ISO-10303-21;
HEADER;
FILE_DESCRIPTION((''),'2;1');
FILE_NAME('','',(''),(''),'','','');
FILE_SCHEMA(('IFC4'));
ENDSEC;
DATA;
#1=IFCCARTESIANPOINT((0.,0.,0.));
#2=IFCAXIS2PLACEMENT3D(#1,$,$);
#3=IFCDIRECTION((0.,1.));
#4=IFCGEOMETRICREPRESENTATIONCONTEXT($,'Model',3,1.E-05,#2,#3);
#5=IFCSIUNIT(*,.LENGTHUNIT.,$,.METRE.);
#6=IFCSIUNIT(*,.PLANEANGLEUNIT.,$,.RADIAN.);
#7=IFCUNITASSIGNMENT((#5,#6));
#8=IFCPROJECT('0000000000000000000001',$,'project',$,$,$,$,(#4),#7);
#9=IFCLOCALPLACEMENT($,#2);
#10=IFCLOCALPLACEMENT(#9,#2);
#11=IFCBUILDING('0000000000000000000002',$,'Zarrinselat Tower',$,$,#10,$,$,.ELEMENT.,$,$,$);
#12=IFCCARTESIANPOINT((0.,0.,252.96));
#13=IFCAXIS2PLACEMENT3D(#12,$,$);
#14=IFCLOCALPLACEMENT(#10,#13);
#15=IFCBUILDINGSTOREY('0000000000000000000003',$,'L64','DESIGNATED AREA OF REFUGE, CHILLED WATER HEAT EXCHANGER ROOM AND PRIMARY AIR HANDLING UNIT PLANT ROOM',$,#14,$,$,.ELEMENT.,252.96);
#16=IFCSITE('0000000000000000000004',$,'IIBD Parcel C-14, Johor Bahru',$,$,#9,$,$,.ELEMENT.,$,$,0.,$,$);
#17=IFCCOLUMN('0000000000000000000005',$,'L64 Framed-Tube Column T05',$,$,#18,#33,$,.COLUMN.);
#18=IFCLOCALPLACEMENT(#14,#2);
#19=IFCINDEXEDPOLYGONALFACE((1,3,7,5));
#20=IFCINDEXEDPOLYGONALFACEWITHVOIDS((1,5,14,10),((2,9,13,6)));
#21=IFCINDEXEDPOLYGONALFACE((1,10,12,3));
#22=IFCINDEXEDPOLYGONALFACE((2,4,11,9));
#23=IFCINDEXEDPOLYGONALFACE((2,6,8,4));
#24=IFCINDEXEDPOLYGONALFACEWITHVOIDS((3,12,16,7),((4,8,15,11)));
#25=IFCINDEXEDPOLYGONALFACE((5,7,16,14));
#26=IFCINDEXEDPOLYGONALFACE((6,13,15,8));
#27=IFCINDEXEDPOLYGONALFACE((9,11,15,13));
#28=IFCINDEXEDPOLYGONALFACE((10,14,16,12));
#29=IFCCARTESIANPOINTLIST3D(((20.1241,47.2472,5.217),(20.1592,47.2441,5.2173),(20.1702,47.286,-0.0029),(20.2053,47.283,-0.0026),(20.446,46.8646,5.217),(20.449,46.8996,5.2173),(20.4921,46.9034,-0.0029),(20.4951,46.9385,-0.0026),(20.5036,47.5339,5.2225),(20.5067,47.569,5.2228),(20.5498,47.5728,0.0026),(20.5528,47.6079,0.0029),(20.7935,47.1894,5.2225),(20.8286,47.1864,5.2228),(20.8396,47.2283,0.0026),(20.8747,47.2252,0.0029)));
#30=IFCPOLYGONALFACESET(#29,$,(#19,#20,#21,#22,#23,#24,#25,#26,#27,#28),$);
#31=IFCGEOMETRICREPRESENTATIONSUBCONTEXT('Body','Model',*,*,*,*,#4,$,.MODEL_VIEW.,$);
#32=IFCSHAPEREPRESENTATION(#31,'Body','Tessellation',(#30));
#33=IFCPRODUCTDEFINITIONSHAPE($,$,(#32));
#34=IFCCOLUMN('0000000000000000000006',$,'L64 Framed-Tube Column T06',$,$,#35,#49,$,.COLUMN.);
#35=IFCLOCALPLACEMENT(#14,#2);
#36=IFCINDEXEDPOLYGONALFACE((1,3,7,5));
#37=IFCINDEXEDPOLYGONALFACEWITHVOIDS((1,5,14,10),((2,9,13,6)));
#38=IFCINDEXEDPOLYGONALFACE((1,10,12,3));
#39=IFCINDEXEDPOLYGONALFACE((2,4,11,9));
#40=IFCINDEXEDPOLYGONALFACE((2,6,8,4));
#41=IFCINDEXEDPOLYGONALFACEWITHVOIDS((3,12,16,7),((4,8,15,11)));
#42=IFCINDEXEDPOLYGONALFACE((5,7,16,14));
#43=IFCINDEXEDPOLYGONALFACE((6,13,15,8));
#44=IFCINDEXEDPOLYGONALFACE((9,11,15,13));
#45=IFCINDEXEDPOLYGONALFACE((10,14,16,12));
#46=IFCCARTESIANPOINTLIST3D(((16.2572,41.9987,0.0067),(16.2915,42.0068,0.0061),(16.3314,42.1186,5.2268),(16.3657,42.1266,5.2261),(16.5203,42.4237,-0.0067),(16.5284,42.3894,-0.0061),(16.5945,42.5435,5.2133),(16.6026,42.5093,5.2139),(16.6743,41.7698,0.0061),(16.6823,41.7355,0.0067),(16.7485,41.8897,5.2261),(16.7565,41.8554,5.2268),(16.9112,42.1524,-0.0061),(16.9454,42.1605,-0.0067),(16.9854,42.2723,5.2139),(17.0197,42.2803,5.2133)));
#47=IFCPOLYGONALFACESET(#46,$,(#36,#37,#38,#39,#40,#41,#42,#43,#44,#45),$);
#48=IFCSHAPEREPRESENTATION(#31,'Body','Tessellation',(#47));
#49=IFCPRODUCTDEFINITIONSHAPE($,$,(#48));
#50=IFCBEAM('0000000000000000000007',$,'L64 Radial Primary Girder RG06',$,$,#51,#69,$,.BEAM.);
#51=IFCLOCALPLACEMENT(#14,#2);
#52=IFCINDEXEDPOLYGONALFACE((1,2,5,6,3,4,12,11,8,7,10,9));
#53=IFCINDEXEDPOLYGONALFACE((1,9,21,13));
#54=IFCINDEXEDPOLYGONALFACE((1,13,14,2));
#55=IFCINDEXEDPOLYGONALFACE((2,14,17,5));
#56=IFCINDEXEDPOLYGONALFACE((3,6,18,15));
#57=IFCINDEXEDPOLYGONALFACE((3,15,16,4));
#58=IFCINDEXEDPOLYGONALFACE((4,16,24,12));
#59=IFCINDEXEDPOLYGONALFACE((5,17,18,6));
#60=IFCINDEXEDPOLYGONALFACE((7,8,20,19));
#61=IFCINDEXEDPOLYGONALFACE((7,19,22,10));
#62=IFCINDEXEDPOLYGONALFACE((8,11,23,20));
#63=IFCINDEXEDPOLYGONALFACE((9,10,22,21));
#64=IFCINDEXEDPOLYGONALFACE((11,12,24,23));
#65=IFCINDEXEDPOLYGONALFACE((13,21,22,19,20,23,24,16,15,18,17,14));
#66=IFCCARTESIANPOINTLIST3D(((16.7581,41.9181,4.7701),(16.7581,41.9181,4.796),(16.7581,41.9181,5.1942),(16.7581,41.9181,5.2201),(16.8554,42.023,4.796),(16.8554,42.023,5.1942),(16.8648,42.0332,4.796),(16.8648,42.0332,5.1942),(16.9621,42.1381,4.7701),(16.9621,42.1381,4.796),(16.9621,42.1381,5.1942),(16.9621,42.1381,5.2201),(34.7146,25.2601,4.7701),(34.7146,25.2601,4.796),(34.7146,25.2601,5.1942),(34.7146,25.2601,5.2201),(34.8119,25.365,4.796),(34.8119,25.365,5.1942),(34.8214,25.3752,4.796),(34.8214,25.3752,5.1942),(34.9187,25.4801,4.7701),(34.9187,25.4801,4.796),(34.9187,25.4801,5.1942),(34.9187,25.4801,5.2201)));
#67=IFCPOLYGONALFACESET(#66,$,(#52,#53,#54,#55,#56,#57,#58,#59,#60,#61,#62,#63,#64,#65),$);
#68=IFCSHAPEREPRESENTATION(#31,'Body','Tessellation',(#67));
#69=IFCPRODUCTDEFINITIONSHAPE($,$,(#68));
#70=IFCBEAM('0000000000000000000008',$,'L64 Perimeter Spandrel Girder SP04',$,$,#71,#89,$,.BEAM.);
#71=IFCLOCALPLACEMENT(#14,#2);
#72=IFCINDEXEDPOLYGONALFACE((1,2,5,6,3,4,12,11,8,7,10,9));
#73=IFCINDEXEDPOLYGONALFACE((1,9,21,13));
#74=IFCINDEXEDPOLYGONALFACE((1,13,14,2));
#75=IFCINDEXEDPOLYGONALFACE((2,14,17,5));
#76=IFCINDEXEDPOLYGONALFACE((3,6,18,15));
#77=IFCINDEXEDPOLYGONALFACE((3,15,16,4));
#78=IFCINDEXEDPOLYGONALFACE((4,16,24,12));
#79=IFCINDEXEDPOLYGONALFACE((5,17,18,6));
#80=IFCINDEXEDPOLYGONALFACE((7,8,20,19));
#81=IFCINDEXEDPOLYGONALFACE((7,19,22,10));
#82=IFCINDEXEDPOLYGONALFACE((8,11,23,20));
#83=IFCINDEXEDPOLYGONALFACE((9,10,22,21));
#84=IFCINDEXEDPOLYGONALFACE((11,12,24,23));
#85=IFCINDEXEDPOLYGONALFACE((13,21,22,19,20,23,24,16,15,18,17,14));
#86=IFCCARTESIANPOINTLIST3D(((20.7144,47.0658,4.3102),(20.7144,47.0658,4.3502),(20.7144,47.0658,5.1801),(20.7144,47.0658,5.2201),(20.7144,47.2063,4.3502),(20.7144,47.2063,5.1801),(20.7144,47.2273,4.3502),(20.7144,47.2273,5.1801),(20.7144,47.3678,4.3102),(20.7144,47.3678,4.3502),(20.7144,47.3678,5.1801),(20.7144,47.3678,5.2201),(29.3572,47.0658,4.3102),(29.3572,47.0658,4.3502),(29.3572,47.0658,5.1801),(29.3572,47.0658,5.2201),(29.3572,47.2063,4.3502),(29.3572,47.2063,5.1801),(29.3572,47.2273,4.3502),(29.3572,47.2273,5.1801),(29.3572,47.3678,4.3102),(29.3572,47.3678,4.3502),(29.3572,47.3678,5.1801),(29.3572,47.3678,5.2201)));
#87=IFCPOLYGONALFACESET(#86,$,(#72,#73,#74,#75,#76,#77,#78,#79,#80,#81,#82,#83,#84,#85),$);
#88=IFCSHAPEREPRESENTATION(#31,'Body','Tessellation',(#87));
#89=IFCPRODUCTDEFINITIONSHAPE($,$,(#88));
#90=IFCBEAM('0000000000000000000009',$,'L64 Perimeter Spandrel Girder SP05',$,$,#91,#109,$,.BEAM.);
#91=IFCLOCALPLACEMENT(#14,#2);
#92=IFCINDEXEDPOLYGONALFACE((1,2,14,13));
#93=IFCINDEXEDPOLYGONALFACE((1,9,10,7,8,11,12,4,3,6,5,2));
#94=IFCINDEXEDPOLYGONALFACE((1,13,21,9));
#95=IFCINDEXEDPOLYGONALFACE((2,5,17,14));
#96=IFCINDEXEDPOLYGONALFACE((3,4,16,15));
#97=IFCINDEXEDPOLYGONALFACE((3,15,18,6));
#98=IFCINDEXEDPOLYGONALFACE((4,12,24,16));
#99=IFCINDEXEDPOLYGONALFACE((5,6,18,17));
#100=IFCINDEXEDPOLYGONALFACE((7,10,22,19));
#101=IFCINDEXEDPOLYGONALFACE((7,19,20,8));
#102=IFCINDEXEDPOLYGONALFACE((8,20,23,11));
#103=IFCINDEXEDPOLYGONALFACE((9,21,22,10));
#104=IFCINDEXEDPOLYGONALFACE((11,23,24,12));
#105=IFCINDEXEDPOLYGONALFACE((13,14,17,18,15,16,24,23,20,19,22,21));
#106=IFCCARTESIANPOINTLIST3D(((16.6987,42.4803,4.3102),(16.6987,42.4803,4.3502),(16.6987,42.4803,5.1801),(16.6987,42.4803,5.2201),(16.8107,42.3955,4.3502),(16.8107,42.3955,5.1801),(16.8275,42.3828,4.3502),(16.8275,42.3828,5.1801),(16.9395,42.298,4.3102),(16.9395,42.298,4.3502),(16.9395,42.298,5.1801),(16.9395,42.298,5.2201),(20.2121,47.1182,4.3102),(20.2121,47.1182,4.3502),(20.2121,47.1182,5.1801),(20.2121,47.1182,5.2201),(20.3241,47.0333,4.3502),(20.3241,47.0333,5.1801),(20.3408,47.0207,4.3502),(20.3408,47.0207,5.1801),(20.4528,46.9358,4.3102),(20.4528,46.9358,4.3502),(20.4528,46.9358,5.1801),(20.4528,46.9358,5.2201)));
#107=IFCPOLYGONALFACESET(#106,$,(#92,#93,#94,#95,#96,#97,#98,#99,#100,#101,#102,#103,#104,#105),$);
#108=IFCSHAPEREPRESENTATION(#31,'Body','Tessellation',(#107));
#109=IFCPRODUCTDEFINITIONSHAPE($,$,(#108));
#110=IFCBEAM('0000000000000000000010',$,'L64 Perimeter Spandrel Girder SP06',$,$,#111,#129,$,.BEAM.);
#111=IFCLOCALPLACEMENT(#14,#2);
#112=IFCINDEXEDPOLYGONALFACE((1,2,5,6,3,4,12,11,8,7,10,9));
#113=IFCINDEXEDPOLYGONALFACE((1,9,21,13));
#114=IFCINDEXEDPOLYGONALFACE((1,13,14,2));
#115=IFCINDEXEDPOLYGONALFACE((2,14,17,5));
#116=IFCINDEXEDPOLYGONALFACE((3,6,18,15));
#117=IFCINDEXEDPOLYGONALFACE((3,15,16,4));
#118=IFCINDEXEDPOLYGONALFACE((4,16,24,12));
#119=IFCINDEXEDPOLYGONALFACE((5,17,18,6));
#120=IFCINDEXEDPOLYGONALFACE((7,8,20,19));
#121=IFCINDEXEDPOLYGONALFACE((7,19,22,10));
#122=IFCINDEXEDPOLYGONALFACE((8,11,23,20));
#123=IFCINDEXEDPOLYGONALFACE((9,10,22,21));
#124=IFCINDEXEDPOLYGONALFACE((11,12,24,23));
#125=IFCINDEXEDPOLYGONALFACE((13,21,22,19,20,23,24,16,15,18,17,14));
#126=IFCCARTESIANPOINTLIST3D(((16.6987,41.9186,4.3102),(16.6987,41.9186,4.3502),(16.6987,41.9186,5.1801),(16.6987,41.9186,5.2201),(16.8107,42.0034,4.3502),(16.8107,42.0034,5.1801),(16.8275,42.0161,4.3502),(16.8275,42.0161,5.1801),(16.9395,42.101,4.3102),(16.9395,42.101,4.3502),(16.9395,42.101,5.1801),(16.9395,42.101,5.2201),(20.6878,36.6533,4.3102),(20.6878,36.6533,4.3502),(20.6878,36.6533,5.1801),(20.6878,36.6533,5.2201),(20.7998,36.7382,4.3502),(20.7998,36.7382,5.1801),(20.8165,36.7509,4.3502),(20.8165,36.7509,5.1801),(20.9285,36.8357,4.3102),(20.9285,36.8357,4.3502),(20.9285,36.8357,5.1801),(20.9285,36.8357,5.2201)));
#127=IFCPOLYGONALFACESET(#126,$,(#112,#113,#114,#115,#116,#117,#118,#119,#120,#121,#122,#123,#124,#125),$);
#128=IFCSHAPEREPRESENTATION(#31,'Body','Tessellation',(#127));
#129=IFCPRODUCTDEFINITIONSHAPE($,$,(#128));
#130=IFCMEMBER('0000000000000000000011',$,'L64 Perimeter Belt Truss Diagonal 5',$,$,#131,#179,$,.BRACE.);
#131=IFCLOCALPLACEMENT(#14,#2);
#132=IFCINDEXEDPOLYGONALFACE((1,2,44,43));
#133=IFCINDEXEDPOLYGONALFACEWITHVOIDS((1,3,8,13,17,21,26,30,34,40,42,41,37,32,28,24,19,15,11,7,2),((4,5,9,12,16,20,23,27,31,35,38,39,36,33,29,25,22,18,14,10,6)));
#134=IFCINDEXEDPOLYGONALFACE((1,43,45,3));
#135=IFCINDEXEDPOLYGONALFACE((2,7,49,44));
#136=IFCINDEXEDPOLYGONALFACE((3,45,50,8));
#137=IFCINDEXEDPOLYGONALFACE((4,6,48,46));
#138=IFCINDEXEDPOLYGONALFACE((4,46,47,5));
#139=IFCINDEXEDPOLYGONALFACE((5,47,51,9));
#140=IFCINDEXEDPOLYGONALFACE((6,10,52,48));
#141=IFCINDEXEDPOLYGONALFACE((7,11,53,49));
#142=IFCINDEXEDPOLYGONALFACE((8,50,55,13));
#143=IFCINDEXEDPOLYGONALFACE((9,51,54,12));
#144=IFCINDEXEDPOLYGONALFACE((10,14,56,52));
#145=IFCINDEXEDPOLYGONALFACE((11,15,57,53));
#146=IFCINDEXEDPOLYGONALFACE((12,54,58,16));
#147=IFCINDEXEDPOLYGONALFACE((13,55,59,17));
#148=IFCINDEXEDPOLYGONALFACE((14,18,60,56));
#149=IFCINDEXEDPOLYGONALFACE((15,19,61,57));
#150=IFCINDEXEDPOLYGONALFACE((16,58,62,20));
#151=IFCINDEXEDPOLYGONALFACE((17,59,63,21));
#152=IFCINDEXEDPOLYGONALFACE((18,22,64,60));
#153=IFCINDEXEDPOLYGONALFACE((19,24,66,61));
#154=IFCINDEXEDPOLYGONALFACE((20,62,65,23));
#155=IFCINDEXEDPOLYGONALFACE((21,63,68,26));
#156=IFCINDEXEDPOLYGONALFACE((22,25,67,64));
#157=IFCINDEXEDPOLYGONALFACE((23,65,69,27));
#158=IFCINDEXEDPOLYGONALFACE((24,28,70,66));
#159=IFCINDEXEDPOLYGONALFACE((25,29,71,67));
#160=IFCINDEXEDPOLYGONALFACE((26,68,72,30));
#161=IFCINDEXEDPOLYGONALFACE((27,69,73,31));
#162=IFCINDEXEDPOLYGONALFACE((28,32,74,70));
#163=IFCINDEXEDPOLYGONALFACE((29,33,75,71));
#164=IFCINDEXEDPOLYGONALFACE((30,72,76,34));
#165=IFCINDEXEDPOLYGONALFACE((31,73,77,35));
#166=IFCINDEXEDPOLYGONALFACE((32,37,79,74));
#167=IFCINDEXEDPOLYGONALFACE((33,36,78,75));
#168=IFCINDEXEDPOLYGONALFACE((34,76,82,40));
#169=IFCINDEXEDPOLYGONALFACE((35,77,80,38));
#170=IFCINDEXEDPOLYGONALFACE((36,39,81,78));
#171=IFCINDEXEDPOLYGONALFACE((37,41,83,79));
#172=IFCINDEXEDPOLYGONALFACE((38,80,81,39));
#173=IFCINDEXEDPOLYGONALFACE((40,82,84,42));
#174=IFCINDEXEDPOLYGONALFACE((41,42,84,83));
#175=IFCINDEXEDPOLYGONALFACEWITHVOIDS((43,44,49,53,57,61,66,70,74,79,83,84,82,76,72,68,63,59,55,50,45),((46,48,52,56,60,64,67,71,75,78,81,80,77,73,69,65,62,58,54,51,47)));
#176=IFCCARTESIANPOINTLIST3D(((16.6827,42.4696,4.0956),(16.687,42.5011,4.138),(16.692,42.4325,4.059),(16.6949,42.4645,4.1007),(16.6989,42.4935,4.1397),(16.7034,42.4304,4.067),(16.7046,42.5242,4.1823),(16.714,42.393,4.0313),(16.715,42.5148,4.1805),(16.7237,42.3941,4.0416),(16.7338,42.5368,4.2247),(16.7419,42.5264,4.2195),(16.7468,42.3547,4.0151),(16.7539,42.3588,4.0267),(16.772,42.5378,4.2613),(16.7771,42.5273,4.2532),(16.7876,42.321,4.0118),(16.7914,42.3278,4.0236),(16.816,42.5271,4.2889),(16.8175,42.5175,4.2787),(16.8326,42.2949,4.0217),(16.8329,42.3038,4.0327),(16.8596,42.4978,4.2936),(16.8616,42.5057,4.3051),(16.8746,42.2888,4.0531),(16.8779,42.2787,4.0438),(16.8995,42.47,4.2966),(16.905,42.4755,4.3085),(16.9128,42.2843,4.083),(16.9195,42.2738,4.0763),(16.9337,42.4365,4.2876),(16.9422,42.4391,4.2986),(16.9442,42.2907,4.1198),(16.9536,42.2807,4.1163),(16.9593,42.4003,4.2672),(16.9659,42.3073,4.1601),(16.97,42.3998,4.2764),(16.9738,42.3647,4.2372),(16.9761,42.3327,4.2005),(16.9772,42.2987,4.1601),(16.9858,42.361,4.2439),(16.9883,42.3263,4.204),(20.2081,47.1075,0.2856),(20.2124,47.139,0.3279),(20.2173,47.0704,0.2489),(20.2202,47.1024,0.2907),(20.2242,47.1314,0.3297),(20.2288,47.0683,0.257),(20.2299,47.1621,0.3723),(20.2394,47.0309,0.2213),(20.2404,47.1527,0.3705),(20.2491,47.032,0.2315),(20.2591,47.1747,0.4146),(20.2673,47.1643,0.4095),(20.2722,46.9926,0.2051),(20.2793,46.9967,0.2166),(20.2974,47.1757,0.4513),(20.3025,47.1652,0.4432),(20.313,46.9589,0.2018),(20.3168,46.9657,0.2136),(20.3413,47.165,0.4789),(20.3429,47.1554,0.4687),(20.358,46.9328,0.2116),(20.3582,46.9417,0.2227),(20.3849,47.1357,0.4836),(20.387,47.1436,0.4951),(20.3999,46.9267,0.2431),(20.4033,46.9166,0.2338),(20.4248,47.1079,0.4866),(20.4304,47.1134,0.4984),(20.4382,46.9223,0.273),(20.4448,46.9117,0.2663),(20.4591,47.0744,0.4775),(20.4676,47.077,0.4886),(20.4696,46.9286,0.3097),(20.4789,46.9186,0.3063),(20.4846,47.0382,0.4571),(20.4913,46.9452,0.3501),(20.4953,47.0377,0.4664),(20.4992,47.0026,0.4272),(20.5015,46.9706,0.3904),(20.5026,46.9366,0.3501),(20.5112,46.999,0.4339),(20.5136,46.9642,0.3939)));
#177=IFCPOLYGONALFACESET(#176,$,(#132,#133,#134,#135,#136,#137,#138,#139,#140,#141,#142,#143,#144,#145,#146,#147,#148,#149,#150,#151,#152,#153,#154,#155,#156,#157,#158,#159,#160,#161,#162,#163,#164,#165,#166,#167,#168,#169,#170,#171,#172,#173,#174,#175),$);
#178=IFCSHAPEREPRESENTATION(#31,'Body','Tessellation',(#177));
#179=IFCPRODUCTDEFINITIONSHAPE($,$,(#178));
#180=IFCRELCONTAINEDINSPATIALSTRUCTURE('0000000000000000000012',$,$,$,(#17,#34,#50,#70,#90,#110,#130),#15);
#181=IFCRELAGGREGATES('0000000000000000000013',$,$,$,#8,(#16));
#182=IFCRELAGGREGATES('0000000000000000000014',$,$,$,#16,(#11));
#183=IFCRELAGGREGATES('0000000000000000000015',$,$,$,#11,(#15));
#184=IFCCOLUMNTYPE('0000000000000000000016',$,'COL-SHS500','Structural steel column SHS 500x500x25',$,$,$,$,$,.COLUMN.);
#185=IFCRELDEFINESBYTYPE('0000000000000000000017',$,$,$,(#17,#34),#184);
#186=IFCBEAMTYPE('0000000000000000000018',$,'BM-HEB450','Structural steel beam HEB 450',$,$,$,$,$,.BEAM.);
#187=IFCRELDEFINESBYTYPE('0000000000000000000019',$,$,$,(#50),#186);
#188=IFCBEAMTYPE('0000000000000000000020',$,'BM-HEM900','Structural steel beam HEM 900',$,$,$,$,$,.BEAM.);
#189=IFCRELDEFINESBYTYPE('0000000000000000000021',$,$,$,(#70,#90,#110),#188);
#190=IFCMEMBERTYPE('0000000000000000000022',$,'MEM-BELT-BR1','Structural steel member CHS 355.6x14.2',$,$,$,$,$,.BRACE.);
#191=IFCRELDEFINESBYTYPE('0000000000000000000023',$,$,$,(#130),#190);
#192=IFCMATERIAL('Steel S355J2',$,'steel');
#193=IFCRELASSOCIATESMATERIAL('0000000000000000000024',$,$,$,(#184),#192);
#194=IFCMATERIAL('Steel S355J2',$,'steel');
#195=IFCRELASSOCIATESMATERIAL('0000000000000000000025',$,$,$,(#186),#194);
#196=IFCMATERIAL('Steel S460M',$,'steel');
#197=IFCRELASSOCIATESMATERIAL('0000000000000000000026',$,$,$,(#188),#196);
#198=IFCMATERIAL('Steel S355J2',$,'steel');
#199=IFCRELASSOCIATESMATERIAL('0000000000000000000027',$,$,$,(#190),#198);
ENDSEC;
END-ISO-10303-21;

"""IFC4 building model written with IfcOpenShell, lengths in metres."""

from ifc_helpers import new_model, si_unit, direction, frame, origin, origin_2d, place, context, subcontext, project, spatial, hollow_rectangle, hollow_circle, i_section, extrude, material, material_profile, profile_set, type_object, element, save


model = new_model("IFC4")

# Units and contexts
model_context = context("Model", 3, precision=1e-05, world=origin(), true_north=direction((0.0, 1.0)))
body_context = subcontext(model_context, "Body", "Model", "MODEL_VIEW")
ifc_project = project(units=[si_unit("LENGTHUNIT", "METRE"), si_unit("PLANEANGLEUNIT", "RADIAN")], contexts=[model_context])

# Site, building, storey
site_placement = place(None, origin())
site = spatial("IfcSite", under=ifc_project, at=site_placement, Name="IIBD Parcel C-14, Johor Bahru", CompositionType="ELEMENT", RefElevation=0.0)
building_placement = place(site_placement, origin())
building = spatial("IfcBuilding", under=site, at=building_placement, Name="Zarrinselat Tower", CompositionType="ELEMENT")
storey_placement = place(building_placement, frame((0.0, 0.0, 252.96)))
storey = spatial("IfcBuildingStorey", under=building, at=storey_placement, Name="L64", Description="DESIGNATED AREA OF REFUGE, CHILLED WATER HEAT EXCHANGER ROOM AND PRIMARY AIR HANDLING UNIT PLANT ROOM", CompositionType="ELEMENT", Elevation=252.96)

# Columns
ifc_material_1 = material(Name="Steel S355J2", Category="steel")
ifc_material_profile_1 = material_profile(ifc_material_1, hollow_rectangle(XDim=0.5, YDim=0.5, WallThickness=0.0249, at=origin_2d()), Name="SHS 500x500x25")
ifc_profile_set_1 = profile_set([ifc_material_profile_1], Name="Steel S355J2")
column_type = type_object("IfcColumnType", Name="COL-SHS500", Description="Structural steel column SHS 500x500x25", PredefinedType="COLUMN", material=ifc_profile_set_1)
column_1_placement = place(storey_placement, frame((20.5225, 47.2556, 0.0), z_axis=(-0.008839, -0.007436, 0.999933), x_axis=(0.643762, -0.765226, 0.0)))
element("IfcColumn", 1, at=column_1_placement, inside=storey, type_object=column_type, Name="L64 Framed-Tube Column T05", PredefinedType="COLUMN", context=body_context, shape_type="SweptSolid", body=[
    extrude(hollow_rectangle(XDim=0.5, YDim=0.5, WallThickness=0.0249, at=origin_2d()), origin(), (0.0, 0.0, 1.0), 5.2202),
])
column_2_placement = place(storey_placement, frame((16.6013, 42.0796, 0.0), z_axis=(0.014213, 0.022956, 0.999635), x_axis=(-0.850228, 0.526414, 0.0)))
element("IfcColumn", 2, at=column_2_placement, inside=storey, type_object=column_type, Name="L64 Framed-Tube Column T06", PredefinedType="COLUMN", context=body_context, shape_type="SweptSolid", body=[
    extrude(hollow_rectangle(XDim=0.5, YDim=0.5, WallThickness=0.0249, at=origin_2d()), origin(), (0.0, 0.0, 1.0), 5.2219),
])

# Beams
ifc_material_2 = material(Name="Steel S355J2", Category="steel")
ifc_material_profile_2 = material_profile(ifc_material_2, i_section(OverallWidth=0.3, OverallDepth=0.45, WebThickness=0.0139, FlangeThickness=0.0259, at=origin_2d()), Name="HEB 450")
ifc_profile_set_2 = profile_set([ifc_material_profile_2], Name="Steel S355J2")
beam_type_1 = type_object("IfcBeamType", Name="BM-HEB450", Description="Structural steel beam HEB 450", PredefinedType="BEAM", material=ifc_profile_set_2)
beam_1_placement = place(storey_placement, frame((16.8601, 42.0281, 4.9951), z_axis=(0.733119, -0.680101, 0.0), x_axis=(0.680101, 0.733119, 0.0)))
element("IfcBeam", 3, at=beam_1_placement, inside=storey, type_object=beam_type_1, Name="L64 Radial Primary Girder RG06", PredefinedType="BEAM", context=body_context, shape_type="SweptSolid", body=[
    extrude(i_section(OverallWidth=0.3, OverallDepth=0.45, WebThickness=0.0139, FlangeThickness=0.0259, at=origin_2d()), origin(), (0.0, 0.0, 1.0), 24.4934),
])
ifc_material_3 = material(Name="Steel S460M", Category="steel")
ifc_material_profile_3 = material_profile(ifc_material_3, i_section(OverallWidth=0.302, OverallDepth=0.9099, WebThickness=0.021, FlangeThickness=0.04, at=origin_2d()), Name="HEM 900")
ifc_profile_set_3 = profile_set([ifc_material_profile_3], Name="Steel S460M")
beam_type_2 = type_object("IfcBeamType", Name="BM-HEM900", Description="Structural steel beam HEM 900", PredefinedType="BEAM", material=ifc_profile_set_3)
beam_2_placement = place(storey_placement, frame((20.7144, 47.2168, 4.7651), z_axis=(1.0, 0.0, 0.0), x_axis=(0.0, 1.0, 0.0)))
element("IfcBeam", 4, at=beam_2_placement, inside=storey, type_object=beam_type_2, Name="L64 Perimeter Spandrel Girder SP04", PredefinedType="BEAM", context=body_context, shape_type="SweptSolid", body=[
    extrude(i_section(OverallWidth=0.302, OverallDepth=0.9099, WebThickness=0.021, FlangeThickness=0.04, at=origin_2d()), origin(), (0.0, 0.0, 1.0), 8.6428),
])
beam_3_placement = place(storey_placement, frame((16.8191, 42.3892, 4.7651), z_axis=(0.60384, 0.797106, 0.0), x_axis=(-0.797106, 0.60384, 0.0)))
element("IfcBeam", 5, at=beam_3_placement, inside=storey, type_object=beam_type_2, Name="L64 Perimeter Spandrel Girder SP05", PredefinedType="BEAM", context=body_context, shape_type="SweptSolid", body=[
    extrude(i_section(OverallWidth=0.302, OverallDepth=0.9099, WebThickness=0.021, FlangeThickness=0.04, at=origin_2d()), origin(), (0.0, 0.0, 1.0), 5.8184),
])
beam_4_placement = place(storey_placement, frame((16.8191, 42.0098, 4.7651), z_axis=(0.603884, -0.797072, 0.0), x_axis=(0.797072, 0.603884, 0.0)))
element("IfcBeam", 6, at=beam_4_placement, inside=storey, type_object=beam_type_2, Name="L64 Perimeter Spandrel Girder SP06", PredefinedType="BEAM", context=body_context, shape_type="SweptSolid", body=[
    extrude(i_section(OverallWidth=0.302, OverallDepth=0.9099, WebThickness=0.021, FlangeThickness=0.04, at=origin_2d()), origin(), (0.0, 0.0, 1.0), 6.6057),
])

# Member
ifc_material_4 = material(Name="Steel S355J2", Category="steel")
ifc_material_profile_4 = material_profile(ifc_material_4, hollow_circle(Radius=0.1777, WallThickness=0.0142, at=origin_2d()), Name="CHS 355.6x14.2")
ifc_profile_set_4 = profile_set([ifc_material_profile_4], Name="Steel S355J2")
member_type_1 = type_object("IfcMemberType", Name="MEM-BELT-BR1", Description="Structural steel member CHS 355.6x14.2", PredefinedType="BRACE", material=ifc_profile_set_4)
member_1_placement = place(storey_placement, frame((20.3611, 47.0442, 0.3501), z_axis=(-0.506449, -0.666276, 0.547344), x_axis=(0.796116, -0.605144, 0.0)))
element("IfcMember", 7, at=member_1_placement, inside=storey, type_object=member_type_1, Name="L64 Perimeter Belt Truss Diagonal 5", PredefinedType="BRACE", context=body_context, shape_type="SweptSolid", body=[
    extrude(hollow_circle(Radius=0.1777, WallThickness=0.0142, at=origin_2d()), origin(), (0.0, 0.0, 1.0), 6.9609),
])

save(model, "model.ifc")
